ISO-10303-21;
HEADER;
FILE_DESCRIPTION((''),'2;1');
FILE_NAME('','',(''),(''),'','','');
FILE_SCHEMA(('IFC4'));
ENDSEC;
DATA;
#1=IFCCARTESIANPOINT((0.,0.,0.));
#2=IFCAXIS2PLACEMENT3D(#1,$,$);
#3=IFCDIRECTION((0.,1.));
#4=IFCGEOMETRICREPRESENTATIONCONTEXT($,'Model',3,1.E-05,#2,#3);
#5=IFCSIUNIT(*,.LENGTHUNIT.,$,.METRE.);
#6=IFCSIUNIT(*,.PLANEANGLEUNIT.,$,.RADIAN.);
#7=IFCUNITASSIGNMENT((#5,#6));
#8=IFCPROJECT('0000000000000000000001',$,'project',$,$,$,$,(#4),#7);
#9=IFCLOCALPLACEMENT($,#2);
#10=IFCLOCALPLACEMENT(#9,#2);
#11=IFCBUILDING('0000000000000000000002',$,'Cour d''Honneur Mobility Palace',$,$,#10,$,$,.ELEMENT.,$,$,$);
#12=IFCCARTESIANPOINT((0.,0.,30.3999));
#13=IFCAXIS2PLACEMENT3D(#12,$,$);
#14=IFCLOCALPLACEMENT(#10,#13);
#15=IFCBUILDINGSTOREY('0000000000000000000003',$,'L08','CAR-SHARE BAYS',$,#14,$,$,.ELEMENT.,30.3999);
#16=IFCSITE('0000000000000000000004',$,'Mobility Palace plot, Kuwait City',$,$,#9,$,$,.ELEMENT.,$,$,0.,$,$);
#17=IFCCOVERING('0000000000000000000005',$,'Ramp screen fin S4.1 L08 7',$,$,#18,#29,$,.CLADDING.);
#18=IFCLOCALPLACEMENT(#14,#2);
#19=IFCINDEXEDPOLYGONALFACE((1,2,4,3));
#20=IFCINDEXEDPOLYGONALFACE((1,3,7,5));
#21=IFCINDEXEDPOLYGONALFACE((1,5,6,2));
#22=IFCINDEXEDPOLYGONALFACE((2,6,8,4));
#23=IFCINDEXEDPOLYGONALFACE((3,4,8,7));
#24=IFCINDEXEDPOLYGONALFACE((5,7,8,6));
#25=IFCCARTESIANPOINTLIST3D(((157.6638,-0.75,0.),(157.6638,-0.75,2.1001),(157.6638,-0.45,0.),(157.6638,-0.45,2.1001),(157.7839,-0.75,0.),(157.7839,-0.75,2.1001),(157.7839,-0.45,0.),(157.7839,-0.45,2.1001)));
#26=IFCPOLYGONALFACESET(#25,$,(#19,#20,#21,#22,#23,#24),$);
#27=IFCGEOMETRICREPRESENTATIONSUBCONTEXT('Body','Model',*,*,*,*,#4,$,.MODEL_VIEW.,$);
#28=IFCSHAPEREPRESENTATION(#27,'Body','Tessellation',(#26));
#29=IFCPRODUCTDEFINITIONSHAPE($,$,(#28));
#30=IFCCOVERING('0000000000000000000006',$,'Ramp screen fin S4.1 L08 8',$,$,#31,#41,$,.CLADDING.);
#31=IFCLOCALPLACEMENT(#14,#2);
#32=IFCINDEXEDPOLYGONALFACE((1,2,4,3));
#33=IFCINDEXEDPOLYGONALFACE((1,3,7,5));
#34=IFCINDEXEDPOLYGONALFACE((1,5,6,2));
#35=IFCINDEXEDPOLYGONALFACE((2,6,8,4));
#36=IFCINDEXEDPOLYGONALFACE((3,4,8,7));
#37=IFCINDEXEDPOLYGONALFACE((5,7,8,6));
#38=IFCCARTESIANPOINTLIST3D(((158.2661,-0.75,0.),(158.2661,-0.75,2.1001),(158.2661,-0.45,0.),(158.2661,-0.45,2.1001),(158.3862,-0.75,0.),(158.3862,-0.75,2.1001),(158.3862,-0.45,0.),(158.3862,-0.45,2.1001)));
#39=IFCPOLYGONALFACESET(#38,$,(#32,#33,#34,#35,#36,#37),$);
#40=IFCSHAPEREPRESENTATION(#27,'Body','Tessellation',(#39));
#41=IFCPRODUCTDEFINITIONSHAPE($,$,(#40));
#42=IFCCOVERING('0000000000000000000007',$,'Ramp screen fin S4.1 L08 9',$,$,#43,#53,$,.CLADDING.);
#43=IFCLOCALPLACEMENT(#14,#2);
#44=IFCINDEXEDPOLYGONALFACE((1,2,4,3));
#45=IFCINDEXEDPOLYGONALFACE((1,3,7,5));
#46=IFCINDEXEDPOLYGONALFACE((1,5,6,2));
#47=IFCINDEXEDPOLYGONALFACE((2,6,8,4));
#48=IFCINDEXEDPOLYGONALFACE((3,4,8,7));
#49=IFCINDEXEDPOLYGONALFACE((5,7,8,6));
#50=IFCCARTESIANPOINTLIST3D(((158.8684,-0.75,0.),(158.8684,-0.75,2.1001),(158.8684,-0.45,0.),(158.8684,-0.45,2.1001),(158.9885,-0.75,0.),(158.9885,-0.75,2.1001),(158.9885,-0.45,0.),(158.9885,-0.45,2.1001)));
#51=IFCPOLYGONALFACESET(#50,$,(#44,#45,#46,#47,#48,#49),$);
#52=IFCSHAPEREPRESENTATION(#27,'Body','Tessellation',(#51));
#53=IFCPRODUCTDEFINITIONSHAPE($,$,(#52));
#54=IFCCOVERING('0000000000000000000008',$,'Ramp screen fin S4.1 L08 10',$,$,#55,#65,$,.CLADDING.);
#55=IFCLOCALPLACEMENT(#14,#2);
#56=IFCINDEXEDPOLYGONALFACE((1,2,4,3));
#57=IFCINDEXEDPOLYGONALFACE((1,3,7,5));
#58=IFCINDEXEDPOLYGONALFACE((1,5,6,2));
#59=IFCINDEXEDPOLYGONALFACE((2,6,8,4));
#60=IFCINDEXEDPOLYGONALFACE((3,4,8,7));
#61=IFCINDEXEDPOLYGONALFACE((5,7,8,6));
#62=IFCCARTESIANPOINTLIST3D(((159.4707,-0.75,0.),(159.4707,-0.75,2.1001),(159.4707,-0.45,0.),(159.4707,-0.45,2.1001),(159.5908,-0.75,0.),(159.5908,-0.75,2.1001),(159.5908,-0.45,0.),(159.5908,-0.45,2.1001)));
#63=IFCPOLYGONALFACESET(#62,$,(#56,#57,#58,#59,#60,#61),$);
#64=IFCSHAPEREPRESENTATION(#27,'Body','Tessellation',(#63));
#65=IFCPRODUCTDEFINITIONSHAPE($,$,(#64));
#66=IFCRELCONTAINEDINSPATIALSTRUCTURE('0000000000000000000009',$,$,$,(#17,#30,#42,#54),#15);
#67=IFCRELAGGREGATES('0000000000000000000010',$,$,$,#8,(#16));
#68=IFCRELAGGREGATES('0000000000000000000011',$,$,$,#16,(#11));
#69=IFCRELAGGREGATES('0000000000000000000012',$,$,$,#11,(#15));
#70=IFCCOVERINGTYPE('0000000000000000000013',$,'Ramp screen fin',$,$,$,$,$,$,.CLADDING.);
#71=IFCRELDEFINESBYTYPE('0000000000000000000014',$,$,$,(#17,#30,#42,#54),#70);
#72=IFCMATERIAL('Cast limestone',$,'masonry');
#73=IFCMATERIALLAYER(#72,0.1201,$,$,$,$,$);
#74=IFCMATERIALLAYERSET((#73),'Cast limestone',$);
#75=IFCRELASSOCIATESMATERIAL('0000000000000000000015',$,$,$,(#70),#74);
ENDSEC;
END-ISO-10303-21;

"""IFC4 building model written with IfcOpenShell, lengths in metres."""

from ifc_helpers import new_model, si_unit, direction, frame, origin, place, context, subcontext, project, spatial, polyline, outline, extrude, material, layer, layer_set, type_object, element, save


model = new_model("IFC4")

# Units and contexts
model_context = context("Model", 3, precision=1e-05, world=origin(), true_north=direction((0.0, 1.0)))
body_context = subcontext(model_context, "Body", "Model", "MODEL_VIEW")
ifc_project = project(units=[si_unit("LENGTHUNIT", "METRE"), si_unit("PLANEANGLEUNIT", "RADIAN")], contexts=[model_context])

# Site, building, storey
site_placement = place(None, origin())
site = spatial("IfcSite", under=ifc_project, at=site_placement, Name="Mobility Palace plot, Kuwait City", CompositionType="ELEMENT", RefElevation=0.0)
building_placement = place(site_placement, origin())
building = spatial("IfcBuilding", under=site, at=building_placement, Name="Cour d'Honneur Mobility Palace", CompositionType="ELEMENT")
storey_placement = place(building_placement, frame((0.0, 0.0, 30.3999)))
storey = spatial("IfcBuildingStorey", under=building, at=storey_placement, Name="L08", Description="CAR-SHARE BAYS", CompositionType="ELEMENT", Elevation=30.3999)

# Coverings
ifc_material_1 = material(Name="Cast limestone", Category="masonry")
ifc_layer_1 = layer(ifc_material_1, 0.1201)
ifc_layer_set_1 = layer_set([ifc_layer_1], Name="Cast limestone")
covering_type = type_object("IfcCoveringType", Name="Ramp screen fin", PredefinedType="CLADDING", material=ifc_layer_set_1)
covering_1_placement = place(storey_placement, origin())
element("IfcCovering", 1, at=covering_1_placement, inside=storey, type_object=covering_type, Name="Ramp screen fin S4.1 L08 7", PredefinedType="CLADDING", context=body_context, shape_type="SweptSolid", body=[
    extrude(outline(polyline([(157.6638, -0.45), (157.7839, -0.45), (157.7839, -0.75), (157.6638, -0.75), (157.6638, -0.45)])), origin(), (0.0, 0.0, 1.0), 2.1001),
])
covering_2_placement = place(storey_placement, origin())
element("IfcCovering", 2, at=covering_2_placement, inside=storey, type_object=covering_type, Name="Ramp screen fin S4.1 L08 8", PredefinedType="CLADDING", context=body_context, shape_type="SweptSolid", body=[
    extrude(outline(polyline([(158.2661, -0.45), (158.3862, -0.45), (158.3862, -0.75), (158.2661, -0.75), (158.2661, -0.45)])), origin(), (0.0, 0.0, 1.0), 2.1001),
])
covering_3_placement = place(storey_placement, origin())
element("IfcCovering", 3, at=covering_3_placement, inside=storey, type_object=covering_type, Name="Ramp screen fin S4.1 L08 9", PredefinedType="CLADDING", context=body_context, shape_type="SweptSolid", body=[
    extrude(outline(polyline([(158.8684, -0.45), (158.9885, -0.45), (158.9885, -0.75), (158.8684, -0.75), (158.8684, -0.45)])), origin(), (0.0, 0.0, 1.0), 2.1001),
])
covering_4_placement = place(storey_placement, origin())
element("IfcCovering", 4, at=covering_4_placement, inside=storey, type_object=covering_type, Name="Ramp screen fin S4.1 L08 10", PredefinedType="CLADDING", context=body_context, shape_type="SweptSolid", body=[
    extrude(outline(polyline([(159.4707, -0.45), (159.5908, -0.45), (159.5908, -0.75), (159.4707, -0.75), (159.4707, -0.45)])), origin(), (0.0, 0.0, 1.0), 2.1001),
])

save(model, "model.ifc")
